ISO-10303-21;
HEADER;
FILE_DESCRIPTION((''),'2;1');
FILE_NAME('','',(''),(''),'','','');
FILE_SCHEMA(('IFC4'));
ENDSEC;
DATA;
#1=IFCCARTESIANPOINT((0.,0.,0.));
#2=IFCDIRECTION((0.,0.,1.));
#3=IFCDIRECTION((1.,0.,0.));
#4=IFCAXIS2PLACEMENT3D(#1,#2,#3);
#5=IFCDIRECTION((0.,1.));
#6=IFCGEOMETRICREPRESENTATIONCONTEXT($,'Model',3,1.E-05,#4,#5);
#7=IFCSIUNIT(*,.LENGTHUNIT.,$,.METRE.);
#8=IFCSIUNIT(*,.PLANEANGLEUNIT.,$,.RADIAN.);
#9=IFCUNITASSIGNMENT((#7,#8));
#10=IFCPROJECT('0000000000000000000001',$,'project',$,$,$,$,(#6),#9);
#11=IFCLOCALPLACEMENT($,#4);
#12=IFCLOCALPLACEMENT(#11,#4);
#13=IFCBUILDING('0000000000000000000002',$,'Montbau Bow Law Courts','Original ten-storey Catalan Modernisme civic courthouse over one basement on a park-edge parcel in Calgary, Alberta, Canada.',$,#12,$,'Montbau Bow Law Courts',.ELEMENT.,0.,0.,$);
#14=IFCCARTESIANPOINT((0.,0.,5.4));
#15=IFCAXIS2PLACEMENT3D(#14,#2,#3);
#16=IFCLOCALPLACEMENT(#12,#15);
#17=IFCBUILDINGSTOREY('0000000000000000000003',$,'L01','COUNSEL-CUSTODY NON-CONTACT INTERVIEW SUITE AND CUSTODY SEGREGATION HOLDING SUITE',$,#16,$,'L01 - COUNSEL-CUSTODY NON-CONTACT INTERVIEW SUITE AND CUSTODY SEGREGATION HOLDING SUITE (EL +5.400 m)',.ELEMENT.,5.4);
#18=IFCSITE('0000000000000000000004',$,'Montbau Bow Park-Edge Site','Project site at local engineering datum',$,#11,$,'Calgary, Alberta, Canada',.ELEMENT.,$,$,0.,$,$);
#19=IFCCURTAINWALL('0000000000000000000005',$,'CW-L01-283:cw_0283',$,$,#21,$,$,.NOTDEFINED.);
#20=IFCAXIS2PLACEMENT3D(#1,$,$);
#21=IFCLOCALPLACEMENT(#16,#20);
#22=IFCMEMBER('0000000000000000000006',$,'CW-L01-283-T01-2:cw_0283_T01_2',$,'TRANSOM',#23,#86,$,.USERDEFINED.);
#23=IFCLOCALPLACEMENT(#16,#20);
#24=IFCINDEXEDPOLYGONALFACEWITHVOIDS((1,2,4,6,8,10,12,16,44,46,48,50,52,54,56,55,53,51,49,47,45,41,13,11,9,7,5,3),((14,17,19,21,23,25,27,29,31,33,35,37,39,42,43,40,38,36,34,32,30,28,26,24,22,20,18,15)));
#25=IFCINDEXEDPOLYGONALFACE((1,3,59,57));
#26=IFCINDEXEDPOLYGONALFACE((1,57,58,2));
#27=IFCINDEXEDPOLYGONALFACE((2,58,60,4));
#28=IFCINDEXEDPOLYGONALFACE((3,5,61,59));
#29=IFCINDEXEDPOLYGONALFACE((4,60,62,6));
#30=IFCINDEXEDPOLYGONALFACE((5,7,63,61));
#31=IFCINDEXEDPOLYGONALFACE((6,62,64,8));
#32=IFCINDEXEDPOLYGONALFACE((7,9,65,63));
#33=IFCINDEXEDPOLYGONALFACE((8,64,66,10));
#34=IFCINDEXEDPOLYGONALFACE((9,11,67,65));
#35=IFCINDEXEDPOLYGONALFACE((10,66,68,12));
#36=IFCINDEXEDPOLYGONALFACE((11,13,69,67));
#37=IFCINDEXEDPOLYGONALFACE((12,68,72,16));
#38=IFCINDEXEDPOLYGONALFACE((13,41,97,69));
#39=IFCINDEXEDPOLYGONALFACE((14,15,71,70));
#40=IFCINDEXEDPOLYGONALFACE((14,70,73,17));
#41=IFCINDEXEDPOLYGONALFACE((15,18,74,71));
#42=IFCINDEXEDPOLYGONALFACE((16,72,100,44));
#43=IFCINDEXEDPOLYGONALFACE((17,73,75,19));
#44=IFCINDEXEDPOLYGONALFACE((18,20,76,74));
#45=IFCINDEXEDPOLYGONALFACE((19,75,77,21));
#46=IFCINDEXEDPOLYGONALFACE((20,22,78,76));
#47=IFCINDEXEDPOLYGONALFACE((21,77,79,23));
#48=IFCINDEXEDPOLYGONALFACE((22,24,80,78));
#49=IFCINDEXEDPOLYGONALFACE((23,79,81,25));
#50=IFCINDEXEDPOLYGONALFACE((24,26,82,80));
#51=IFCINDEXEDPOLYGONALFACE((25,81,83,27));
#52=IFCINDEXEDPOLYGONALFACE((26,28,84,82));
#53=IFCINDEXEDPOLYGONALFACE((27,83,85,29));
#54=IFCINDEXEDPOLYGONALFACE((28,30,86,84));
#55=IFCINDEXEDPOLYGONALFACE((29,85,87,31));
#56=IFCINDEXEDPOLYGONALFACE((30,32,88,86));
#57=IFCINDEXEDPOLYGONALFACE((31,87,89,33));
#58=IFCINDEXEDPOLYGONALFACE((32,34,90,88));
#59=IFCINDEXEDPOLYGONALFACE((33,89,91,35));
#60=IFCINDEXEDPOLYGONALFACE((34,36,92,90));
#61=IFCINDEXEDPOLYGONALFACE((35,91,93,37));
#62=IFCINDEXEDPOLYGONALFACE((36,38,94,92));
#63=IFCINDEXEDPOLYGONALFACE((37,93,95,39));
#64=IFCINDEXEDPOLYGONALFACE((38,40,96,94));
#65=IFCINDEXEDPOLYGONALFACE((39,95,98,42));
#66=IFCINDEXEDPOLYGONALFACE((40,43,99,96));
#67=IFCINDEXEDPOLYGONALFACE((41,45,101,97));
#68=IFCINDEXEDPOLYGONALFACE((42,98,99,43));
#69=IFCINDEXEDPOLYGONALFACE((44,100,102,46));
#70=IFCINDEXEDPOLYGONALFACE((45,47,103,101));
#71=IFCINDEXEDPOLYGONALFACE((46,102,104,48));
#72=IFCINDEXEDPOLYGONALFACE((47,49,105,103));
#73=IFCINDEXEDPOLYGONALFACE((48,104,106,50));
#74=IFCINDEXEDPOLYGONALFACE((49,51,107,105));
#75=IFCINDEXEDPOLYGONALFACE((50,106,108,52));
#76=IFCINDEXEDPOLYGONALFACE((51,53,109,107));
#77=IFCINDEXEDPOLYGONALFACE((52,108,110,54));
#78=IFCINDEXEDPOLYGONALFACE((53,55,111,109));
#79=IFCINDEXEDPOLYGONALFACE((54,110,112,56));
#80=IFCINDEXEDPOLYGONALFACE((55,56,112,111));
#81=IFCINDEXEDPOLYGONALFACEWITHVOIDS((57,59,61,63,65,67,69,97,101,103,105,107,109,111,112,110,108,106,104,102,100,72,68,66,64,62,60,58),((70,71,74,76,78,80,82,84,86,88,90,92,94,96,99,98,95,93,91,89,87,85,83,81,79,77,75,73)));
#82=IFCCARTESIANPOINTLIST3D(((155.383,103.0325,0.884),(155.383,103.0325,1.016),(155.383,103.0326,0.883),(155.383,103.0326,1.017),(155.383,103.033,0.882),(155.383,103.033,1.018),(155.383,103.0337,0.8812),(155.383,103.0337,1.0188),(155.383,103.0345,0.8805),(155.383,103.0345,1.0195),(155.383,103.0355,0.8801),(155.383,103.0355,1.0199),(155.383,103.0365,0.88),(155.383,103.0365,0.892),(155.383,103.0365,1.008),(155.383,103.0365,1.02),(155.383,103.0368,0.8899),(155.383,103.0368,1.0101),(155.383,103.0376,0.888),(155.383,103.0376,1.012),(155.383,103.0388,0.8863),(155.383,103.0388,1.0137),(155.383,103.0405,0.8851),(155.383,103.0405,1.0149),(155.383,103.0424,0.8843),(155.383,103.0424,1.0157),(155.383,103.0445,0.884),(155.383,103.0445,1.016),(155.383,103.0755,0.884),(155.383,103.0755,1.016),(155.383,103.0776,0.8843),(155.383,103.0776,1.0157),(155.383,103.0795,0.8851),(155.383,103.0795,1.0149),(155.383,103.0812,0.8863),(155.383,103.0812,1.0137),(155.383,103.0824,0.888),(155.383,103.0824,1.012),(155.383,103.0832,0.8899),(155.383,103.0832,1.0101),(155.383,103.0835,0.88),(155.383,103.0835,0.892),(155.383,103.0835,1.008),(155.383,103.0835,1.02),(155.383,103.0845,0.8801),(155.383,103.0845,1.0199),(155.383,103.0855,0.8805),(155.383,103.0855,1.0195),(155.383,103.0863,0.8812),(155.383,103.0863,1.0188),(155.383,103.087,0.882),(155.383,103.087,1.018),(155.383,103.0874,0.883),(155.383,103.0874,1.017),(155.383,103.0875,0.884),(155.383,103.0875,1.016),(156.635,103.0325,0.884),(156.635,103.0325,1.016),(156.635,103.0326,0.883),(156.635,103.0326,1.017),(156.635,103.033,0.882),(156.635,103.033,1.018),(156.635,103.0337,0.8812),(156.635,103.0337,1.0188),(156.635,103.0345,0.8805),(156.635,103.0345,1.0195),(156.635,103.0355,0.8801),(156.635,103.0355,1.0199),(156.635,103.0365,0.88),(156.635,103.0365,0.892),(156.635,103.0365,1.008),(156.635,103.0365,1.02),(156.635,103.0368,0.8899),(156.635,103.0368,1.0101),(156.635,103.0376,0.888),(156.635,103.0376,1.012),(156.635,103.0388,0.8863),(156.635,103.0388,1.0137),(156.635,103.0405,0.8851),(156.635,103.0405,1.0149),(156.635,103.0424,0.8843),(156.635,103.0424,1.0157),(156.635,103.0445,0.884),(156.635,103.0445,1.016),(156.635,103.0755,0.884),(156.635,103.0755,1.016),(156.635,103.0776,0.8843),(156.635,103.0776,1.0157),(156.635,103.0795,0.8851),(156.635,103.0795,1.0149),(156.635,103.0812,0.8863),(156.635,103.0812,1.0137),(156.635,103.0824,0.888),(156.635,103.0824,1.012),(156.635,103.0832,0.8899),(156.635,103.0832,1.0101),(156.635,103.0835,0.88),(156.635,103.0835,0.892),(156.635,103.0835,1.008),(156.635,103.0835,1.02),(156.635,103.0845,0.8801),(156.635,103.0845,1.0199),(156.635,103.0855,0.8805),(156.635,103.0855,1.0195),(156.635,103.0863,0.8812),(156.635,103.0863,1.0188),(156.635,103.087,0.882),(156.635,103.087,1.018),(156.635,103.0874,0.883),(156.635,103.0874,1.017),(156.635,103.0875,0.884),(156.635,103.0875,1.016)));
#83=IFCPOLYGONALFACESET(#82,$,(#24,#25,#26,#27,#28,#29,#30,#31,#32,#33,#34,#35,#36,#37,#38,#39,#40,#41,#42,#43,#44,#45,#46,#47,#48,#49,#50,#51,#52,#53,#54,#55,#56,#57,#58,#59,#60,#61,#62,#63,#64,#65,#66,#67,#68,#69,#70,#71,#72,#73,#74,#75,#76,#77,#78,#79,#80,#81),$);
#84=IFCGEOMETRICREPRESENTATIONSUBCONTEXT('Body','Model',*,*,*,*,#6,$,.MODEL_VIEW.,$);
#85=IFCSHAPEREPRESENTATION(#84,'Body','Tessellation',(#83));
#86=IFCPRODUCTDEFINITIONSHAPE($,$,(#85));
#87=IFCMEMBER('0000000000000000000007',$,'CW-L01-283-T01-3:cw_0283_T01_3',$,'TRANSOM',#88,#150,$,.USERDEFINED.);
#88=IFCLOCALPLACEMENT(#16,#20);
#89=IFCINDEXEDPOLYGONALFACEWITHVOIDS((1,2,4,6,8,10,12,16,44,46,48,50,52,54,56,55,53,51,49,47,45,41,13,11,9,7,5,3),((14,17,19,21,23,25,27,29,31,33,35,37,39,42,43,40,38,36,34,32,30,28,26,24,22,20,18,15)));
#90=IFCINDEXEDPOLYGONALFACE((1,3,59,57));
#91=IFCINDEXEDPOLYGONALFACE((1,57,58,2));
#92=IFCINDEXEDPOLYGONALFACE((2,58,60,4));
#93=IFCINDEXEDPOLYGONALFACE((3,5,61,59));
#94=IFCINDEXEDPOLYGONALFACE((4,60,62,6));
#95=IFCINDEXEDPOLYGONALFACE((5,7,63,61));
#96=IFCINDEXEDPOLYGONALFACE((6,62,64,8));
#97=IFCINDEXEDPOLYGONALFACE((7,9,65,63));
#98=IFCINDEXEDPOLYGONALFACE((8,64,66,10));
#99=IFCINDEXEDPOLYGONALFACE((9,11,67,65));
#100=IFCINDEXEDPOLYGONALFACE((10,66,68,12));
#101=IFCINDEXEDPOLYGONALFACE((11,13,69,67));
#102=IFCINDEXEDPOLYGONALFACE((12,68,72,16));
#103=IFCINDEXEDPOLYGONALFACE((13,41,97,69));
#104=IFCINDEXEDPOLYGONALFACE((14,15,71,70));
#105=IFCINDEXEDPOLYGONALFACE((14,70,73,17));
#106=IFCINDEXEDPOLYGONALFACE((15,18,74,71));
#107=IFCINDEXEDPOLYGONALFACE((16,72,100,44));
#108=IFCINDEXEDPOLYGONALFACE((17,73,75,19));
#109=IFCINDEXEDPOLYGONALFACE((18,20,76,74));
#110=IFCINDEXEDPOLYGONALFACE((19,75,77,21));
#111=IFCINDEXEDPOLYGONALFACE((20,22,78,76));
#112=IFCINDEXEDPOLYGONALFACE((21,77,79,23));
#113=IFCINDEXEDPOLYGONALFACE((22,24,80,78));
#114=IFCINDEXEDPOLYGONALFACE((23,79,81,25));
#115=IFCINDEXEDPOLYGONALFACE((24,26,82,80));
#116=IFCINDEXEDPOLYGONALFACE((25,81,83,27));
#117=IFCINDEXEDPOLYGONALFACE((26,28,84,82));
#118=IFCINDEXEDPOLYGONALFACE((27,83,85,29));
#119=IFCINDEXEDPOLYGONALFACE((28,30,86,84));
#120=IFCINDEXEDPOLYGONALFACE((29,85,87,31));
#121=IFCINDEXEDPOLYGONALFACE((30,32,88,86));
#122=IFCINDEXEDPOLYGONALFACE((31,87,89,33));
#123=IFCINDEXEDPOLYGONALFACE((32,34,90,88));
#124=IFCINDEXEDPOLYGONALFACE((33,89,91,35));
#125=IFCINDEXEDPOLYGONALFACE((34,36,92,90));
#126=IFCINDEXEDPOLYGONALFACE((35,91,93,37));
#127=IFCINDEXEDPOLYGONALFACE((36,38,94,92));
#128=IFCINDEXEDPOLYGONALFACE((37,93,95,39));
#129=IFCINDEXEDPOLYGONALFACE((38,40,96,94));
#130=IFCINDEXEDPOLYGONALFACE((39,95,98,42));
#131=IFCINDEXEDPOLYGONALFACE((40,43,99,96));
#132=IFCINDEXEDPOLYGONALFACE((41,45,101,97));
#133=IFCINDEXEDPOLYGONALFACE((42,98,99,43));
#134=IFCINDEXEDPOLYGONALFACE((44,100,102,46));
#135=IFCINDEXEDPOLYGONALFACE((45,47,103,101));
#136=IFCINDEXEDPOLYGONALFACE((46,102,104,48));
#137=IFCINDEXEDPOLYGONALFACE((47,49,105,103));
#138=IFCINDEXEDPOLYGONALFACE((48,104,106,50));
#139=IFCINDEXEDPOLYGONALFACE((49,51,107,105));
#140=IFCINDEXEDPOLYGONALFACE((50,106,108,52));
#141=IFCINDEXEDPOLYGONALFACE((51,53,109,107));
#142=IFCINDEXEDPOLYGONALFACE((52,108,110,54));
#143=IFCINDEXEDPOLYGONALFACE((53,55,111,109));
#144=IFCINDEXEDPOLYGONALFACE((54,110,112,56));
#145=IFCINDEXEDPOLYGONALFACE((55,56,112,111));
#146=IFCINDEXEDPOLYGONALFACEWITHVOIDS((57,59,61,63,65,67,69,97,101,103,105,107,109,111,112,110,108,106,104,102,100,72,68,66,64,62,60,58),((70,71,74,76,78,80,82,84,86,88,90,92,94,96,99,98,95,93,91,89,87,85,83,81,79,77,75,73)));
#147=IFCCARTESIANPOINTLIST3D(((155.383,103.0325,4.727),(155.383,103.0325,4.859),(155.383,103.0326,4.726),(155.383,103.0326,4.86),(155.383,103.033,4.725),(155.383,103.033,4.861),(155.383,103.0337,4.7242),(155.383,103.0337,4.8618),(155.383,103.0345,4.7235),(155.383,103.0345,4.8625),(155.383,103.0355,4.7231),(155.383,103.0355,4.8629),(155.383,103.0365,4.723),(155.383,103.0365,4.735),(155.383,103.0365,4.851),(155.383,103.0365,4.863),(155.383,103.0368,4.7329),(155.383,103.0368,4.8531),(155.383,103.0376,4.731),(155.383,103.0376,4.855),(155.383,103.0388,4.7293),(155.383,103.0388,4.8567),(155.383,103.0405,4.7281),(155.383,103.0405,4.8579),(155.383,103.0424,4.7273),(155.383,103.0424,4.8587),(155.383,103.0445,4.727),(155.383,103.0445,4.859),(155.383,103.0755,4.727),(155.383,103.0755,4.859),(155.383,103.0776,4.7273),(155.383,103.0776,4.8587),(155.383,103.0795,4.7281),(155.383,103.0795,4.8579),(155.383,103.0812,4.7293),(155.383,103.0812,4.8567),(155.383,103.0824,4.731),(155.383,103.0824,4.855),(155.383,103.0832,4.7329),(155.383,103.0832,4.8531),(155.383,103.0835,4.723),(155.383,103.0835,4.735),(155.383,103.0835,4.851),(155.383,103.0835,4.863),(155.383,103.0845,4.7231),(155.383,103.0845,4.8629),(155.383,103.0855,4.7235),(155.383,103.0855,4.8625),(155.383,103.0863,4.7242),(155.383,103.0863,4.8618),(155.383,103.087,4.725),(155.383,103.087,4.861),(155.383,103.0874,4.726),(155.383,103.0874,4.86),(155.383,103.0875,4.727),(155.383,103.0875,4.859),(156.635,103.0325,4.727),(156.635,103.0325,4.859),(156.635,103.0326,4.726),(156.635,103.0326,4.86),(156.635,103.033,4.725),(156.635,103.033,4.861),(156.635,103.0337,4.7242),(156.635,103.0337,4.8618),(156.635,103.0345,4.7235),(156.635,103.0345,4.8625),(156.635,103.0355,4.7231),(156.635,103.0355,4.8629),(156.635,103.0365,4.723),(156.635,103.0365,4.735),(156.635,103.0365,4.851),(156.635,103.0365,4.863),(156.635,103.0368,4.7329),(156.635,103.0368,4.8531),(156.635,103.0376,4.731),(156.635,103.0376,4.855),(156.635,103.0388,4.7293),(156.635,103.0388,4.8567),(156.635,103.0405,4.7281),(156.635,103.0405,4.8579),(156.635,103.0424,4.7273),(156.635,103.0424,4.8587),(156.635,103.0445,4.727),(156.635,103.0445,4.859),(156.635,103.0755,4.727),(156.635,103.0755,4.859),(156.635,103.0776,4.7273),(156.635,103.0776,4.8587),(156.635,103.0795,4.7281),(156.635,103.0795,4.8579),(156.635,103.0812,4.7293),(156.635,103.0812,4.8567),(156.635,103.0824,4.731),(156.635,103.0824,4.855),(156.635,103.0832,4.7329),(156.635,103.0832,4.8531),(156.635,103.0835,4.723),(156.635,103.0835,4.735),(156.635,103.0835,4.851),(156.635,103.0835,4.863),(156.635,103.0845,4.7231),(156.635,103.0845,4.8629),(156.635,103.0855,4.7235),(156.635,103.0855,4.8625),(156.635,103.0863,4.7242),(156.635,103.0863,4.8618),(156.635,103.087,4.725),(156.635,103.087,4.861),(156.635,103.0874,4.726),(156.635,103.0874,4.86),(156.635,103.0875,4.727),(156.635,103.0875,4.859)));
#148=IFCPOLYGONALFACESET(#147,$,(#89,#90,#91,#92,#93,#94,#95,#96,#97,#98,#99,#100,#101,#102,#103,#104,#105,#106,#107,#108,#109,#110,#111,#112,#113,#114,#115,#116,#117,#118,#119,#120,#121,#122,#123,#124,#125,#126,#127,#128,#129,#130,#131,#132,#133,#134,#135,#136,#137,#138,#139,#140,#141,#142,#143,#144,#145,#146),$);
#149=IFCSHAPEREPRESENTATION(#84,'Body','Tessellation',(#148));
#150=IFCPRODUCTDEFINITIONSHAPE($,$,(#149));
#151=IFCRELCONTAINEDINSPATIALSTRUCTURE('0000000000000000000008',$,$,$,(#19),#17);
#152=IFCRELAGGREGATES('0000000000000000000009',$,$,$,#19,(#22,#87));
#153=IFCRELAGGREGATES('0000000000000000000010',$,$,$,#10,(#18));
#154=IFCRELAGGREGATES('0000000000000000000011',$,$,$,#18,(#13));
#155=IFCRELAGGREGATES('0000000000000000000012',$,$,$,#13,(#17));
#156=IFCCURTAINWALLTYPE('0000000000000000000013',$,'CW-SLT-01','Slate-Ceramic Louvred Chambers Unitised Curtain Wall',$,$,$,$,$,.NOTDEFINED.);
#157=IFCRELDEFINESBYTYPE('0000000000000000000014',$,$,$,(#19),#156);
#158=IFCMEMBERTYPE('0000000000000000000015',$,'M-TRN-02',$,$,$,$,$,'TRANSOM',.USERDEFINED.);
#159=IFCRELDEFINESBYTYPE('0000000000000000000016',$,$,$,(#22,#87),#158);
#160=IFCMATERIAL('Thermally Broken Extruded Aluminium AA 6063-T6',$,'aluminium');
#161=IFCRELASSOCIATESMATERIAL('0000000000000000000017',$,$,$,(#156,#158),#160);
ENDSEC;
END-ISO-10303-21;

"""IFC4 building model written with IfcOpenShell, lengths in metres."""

from ifc_helpers import new_model, si_unit, direction, frame, origin_with_axes, origin_2d_with_axis, place, context, subcontext, project, spatial, hollow_rectangle, extrude, material, material_profile, profile_set, type_object, element, aggregate, save


model = new_model("IFC4")

# Units and contexts
model_context = context("Model", 3, precision=1e-05, world=origin_with_axes(), true_north=direction((0.0, 1.0)))
body_context = subcontext(model_context, "Body", "Model", "MODEL_VIEW")
ifc_project = project(units=[si_unit("LENGTHUNIT", "METRE"), si_unit("PLANEANGLEUNIT", "RADIAN")], contexts=[model_context])

# Site, building, storey
site_placement = place(None, origin_with_axes())
site = spatial("IfcSite", under=ifc_project, at=site_placement, Name="Montbau Bow Park-Edge Site", Description="Project site at local engineering datum", LongName="Calgary, Alberta, Canada", CompositionType="ELEMENT", RefElevation=0.0)
building_placement = place(site_placement, origin_with_axes())
building = spatial("IfcBuilding", under=site, at=building_placement, Name="Montbau Bow Law Courts", Description="Original ten-storey Catalan Modernisme civic courthouse over one basement on a park-edge parcel in Calgary, Alberta, Canada.", LongName="Montbau Bow Law Courts", CompositionType="ELEMENT", ElevationOfRefHeight=0.0, ElevationOfTerrain=0.0)
storey_placement = place(building_placement, frame((0.0, 0.0, 5.4), z_axis=(0.0, 0.0, 1.0), x_axis=(1.0, 0.0, 0.0)))
storey = spatial("IfcBuildingStorey", under=building, at=storey_placement, Name="L01", Description="COUNSEL-CUSTODY NON-CONTACT INTERVIEW SUITE AND CUSTODY SEGREGATION HOLDING SUITE", LongName="L01 - COUNSEL-CUSTODY NON-CONTACT INTERVIEW SUITE AND CUSTODY SEGREGATION HOLDING SUITE (EL +5.400 m)", CompositionType="ELEMENT", Elevation=5.4)

# Curtain wall, members
ifc_material_1 = material(Name="Thermally Broken Extruded Aluminium AA 6063-T6", Category="aluminium")
curtain_wall_type = type_object("IfcCurtainWallType", Name="CW-SLT-01", Description="Slate-Ceramic Louvred Chambers Unitised Curtain Wall", PredefinedType="NOTDEFINED", material=ifc_material_1)
curtain_wall_placement = place(None, frame((155.315, 103.06, 5.4), z_axis=(0.0, 0.0, 1.0), x_axis=(1.0, 0.0, 0.0)))
curtain_wall = element("IfcCurtainWall", 1, at=curtain_wall_placement, inside=storey, type_object=curtain_wall_type, Name="CW-L01-283:cw_0283", PredefinedType="NOTDEFINED")
ifc_material_profile_1 = material_profile(ifc_material_1, hollow_rectangle(XDim=0.055, YDim=0.14, WallThickness=0.004, InnerFilletRadius=0.008, OuterFilletRadius=0.004, at=origin_2d_with_axis()), Name="CWT-140X55", Category="Main", Priority=0)
ifc_profile_set_1 = profile_set([ifc_material_profile_1], Name="Thermally Broken Extruded Aluminium AA 6063-T6")
member_type_1 = type_object("IfcMemberType", Name="M-TRN-02", ElementType="TRANSOM", PredefinedType="USERDEFINED", material=ifc_profile_set_1)
member_1_placement = place(None, frame((155.383, 103.06, 6.35), z_axis=(1.0, 0.0, 0.0), x_axis=(0.0, 1.0, 0.0)))
member_1 = element("IfcMember", 2, at=member_1_placement, type_object=member_type_1, Name="CW-L01-283-T01-2:cw_0283_T01_2", ObjectType="TRANSOM", PredefinedType="USERDEFINED", context=body_context, shape_type="SweptSolid", body=[
    extrude(hollow_rectangle(XDim=0.055, YDim=0.14, WallThickness=0.004, InnerFilletRadius=0.008, OuterFilletRadius=0.004, at=origin_2d_with_axis()), origin_with_axes(), (0.0, 0.0, 1.0), 1.252),
])
member_2_placement = place(None, frame((155.383, 103.06, 10.193), z_axis=(1.0, 0.0, 0.0), x_axis=(0.0, 1.0, 0.0)))
member_2 = element("IfcMember", 3, at=member_2_placement, type_object=member_type_1, Name="CW-L01-283-T01-3:cw_0283_T01_3", ObjectType="TRANSOM", PredefinedType="USERDEFINED", context=body_context, shape_type="SweptSolid", body=[
    extrude(hollow_rectangle(XDim=0.055, YDim=0.14, WallThickness=0.004, InnerFilletRadius=0.008, OuterFilletRadius=0.004, at=origin_2d_with_axis()), origin_with_axes(), (0.0, 0.0, 1.0), 1.252),
])
aggregate(curtain_wall, [member_1, member_2])

save(model, "model.ifc")
